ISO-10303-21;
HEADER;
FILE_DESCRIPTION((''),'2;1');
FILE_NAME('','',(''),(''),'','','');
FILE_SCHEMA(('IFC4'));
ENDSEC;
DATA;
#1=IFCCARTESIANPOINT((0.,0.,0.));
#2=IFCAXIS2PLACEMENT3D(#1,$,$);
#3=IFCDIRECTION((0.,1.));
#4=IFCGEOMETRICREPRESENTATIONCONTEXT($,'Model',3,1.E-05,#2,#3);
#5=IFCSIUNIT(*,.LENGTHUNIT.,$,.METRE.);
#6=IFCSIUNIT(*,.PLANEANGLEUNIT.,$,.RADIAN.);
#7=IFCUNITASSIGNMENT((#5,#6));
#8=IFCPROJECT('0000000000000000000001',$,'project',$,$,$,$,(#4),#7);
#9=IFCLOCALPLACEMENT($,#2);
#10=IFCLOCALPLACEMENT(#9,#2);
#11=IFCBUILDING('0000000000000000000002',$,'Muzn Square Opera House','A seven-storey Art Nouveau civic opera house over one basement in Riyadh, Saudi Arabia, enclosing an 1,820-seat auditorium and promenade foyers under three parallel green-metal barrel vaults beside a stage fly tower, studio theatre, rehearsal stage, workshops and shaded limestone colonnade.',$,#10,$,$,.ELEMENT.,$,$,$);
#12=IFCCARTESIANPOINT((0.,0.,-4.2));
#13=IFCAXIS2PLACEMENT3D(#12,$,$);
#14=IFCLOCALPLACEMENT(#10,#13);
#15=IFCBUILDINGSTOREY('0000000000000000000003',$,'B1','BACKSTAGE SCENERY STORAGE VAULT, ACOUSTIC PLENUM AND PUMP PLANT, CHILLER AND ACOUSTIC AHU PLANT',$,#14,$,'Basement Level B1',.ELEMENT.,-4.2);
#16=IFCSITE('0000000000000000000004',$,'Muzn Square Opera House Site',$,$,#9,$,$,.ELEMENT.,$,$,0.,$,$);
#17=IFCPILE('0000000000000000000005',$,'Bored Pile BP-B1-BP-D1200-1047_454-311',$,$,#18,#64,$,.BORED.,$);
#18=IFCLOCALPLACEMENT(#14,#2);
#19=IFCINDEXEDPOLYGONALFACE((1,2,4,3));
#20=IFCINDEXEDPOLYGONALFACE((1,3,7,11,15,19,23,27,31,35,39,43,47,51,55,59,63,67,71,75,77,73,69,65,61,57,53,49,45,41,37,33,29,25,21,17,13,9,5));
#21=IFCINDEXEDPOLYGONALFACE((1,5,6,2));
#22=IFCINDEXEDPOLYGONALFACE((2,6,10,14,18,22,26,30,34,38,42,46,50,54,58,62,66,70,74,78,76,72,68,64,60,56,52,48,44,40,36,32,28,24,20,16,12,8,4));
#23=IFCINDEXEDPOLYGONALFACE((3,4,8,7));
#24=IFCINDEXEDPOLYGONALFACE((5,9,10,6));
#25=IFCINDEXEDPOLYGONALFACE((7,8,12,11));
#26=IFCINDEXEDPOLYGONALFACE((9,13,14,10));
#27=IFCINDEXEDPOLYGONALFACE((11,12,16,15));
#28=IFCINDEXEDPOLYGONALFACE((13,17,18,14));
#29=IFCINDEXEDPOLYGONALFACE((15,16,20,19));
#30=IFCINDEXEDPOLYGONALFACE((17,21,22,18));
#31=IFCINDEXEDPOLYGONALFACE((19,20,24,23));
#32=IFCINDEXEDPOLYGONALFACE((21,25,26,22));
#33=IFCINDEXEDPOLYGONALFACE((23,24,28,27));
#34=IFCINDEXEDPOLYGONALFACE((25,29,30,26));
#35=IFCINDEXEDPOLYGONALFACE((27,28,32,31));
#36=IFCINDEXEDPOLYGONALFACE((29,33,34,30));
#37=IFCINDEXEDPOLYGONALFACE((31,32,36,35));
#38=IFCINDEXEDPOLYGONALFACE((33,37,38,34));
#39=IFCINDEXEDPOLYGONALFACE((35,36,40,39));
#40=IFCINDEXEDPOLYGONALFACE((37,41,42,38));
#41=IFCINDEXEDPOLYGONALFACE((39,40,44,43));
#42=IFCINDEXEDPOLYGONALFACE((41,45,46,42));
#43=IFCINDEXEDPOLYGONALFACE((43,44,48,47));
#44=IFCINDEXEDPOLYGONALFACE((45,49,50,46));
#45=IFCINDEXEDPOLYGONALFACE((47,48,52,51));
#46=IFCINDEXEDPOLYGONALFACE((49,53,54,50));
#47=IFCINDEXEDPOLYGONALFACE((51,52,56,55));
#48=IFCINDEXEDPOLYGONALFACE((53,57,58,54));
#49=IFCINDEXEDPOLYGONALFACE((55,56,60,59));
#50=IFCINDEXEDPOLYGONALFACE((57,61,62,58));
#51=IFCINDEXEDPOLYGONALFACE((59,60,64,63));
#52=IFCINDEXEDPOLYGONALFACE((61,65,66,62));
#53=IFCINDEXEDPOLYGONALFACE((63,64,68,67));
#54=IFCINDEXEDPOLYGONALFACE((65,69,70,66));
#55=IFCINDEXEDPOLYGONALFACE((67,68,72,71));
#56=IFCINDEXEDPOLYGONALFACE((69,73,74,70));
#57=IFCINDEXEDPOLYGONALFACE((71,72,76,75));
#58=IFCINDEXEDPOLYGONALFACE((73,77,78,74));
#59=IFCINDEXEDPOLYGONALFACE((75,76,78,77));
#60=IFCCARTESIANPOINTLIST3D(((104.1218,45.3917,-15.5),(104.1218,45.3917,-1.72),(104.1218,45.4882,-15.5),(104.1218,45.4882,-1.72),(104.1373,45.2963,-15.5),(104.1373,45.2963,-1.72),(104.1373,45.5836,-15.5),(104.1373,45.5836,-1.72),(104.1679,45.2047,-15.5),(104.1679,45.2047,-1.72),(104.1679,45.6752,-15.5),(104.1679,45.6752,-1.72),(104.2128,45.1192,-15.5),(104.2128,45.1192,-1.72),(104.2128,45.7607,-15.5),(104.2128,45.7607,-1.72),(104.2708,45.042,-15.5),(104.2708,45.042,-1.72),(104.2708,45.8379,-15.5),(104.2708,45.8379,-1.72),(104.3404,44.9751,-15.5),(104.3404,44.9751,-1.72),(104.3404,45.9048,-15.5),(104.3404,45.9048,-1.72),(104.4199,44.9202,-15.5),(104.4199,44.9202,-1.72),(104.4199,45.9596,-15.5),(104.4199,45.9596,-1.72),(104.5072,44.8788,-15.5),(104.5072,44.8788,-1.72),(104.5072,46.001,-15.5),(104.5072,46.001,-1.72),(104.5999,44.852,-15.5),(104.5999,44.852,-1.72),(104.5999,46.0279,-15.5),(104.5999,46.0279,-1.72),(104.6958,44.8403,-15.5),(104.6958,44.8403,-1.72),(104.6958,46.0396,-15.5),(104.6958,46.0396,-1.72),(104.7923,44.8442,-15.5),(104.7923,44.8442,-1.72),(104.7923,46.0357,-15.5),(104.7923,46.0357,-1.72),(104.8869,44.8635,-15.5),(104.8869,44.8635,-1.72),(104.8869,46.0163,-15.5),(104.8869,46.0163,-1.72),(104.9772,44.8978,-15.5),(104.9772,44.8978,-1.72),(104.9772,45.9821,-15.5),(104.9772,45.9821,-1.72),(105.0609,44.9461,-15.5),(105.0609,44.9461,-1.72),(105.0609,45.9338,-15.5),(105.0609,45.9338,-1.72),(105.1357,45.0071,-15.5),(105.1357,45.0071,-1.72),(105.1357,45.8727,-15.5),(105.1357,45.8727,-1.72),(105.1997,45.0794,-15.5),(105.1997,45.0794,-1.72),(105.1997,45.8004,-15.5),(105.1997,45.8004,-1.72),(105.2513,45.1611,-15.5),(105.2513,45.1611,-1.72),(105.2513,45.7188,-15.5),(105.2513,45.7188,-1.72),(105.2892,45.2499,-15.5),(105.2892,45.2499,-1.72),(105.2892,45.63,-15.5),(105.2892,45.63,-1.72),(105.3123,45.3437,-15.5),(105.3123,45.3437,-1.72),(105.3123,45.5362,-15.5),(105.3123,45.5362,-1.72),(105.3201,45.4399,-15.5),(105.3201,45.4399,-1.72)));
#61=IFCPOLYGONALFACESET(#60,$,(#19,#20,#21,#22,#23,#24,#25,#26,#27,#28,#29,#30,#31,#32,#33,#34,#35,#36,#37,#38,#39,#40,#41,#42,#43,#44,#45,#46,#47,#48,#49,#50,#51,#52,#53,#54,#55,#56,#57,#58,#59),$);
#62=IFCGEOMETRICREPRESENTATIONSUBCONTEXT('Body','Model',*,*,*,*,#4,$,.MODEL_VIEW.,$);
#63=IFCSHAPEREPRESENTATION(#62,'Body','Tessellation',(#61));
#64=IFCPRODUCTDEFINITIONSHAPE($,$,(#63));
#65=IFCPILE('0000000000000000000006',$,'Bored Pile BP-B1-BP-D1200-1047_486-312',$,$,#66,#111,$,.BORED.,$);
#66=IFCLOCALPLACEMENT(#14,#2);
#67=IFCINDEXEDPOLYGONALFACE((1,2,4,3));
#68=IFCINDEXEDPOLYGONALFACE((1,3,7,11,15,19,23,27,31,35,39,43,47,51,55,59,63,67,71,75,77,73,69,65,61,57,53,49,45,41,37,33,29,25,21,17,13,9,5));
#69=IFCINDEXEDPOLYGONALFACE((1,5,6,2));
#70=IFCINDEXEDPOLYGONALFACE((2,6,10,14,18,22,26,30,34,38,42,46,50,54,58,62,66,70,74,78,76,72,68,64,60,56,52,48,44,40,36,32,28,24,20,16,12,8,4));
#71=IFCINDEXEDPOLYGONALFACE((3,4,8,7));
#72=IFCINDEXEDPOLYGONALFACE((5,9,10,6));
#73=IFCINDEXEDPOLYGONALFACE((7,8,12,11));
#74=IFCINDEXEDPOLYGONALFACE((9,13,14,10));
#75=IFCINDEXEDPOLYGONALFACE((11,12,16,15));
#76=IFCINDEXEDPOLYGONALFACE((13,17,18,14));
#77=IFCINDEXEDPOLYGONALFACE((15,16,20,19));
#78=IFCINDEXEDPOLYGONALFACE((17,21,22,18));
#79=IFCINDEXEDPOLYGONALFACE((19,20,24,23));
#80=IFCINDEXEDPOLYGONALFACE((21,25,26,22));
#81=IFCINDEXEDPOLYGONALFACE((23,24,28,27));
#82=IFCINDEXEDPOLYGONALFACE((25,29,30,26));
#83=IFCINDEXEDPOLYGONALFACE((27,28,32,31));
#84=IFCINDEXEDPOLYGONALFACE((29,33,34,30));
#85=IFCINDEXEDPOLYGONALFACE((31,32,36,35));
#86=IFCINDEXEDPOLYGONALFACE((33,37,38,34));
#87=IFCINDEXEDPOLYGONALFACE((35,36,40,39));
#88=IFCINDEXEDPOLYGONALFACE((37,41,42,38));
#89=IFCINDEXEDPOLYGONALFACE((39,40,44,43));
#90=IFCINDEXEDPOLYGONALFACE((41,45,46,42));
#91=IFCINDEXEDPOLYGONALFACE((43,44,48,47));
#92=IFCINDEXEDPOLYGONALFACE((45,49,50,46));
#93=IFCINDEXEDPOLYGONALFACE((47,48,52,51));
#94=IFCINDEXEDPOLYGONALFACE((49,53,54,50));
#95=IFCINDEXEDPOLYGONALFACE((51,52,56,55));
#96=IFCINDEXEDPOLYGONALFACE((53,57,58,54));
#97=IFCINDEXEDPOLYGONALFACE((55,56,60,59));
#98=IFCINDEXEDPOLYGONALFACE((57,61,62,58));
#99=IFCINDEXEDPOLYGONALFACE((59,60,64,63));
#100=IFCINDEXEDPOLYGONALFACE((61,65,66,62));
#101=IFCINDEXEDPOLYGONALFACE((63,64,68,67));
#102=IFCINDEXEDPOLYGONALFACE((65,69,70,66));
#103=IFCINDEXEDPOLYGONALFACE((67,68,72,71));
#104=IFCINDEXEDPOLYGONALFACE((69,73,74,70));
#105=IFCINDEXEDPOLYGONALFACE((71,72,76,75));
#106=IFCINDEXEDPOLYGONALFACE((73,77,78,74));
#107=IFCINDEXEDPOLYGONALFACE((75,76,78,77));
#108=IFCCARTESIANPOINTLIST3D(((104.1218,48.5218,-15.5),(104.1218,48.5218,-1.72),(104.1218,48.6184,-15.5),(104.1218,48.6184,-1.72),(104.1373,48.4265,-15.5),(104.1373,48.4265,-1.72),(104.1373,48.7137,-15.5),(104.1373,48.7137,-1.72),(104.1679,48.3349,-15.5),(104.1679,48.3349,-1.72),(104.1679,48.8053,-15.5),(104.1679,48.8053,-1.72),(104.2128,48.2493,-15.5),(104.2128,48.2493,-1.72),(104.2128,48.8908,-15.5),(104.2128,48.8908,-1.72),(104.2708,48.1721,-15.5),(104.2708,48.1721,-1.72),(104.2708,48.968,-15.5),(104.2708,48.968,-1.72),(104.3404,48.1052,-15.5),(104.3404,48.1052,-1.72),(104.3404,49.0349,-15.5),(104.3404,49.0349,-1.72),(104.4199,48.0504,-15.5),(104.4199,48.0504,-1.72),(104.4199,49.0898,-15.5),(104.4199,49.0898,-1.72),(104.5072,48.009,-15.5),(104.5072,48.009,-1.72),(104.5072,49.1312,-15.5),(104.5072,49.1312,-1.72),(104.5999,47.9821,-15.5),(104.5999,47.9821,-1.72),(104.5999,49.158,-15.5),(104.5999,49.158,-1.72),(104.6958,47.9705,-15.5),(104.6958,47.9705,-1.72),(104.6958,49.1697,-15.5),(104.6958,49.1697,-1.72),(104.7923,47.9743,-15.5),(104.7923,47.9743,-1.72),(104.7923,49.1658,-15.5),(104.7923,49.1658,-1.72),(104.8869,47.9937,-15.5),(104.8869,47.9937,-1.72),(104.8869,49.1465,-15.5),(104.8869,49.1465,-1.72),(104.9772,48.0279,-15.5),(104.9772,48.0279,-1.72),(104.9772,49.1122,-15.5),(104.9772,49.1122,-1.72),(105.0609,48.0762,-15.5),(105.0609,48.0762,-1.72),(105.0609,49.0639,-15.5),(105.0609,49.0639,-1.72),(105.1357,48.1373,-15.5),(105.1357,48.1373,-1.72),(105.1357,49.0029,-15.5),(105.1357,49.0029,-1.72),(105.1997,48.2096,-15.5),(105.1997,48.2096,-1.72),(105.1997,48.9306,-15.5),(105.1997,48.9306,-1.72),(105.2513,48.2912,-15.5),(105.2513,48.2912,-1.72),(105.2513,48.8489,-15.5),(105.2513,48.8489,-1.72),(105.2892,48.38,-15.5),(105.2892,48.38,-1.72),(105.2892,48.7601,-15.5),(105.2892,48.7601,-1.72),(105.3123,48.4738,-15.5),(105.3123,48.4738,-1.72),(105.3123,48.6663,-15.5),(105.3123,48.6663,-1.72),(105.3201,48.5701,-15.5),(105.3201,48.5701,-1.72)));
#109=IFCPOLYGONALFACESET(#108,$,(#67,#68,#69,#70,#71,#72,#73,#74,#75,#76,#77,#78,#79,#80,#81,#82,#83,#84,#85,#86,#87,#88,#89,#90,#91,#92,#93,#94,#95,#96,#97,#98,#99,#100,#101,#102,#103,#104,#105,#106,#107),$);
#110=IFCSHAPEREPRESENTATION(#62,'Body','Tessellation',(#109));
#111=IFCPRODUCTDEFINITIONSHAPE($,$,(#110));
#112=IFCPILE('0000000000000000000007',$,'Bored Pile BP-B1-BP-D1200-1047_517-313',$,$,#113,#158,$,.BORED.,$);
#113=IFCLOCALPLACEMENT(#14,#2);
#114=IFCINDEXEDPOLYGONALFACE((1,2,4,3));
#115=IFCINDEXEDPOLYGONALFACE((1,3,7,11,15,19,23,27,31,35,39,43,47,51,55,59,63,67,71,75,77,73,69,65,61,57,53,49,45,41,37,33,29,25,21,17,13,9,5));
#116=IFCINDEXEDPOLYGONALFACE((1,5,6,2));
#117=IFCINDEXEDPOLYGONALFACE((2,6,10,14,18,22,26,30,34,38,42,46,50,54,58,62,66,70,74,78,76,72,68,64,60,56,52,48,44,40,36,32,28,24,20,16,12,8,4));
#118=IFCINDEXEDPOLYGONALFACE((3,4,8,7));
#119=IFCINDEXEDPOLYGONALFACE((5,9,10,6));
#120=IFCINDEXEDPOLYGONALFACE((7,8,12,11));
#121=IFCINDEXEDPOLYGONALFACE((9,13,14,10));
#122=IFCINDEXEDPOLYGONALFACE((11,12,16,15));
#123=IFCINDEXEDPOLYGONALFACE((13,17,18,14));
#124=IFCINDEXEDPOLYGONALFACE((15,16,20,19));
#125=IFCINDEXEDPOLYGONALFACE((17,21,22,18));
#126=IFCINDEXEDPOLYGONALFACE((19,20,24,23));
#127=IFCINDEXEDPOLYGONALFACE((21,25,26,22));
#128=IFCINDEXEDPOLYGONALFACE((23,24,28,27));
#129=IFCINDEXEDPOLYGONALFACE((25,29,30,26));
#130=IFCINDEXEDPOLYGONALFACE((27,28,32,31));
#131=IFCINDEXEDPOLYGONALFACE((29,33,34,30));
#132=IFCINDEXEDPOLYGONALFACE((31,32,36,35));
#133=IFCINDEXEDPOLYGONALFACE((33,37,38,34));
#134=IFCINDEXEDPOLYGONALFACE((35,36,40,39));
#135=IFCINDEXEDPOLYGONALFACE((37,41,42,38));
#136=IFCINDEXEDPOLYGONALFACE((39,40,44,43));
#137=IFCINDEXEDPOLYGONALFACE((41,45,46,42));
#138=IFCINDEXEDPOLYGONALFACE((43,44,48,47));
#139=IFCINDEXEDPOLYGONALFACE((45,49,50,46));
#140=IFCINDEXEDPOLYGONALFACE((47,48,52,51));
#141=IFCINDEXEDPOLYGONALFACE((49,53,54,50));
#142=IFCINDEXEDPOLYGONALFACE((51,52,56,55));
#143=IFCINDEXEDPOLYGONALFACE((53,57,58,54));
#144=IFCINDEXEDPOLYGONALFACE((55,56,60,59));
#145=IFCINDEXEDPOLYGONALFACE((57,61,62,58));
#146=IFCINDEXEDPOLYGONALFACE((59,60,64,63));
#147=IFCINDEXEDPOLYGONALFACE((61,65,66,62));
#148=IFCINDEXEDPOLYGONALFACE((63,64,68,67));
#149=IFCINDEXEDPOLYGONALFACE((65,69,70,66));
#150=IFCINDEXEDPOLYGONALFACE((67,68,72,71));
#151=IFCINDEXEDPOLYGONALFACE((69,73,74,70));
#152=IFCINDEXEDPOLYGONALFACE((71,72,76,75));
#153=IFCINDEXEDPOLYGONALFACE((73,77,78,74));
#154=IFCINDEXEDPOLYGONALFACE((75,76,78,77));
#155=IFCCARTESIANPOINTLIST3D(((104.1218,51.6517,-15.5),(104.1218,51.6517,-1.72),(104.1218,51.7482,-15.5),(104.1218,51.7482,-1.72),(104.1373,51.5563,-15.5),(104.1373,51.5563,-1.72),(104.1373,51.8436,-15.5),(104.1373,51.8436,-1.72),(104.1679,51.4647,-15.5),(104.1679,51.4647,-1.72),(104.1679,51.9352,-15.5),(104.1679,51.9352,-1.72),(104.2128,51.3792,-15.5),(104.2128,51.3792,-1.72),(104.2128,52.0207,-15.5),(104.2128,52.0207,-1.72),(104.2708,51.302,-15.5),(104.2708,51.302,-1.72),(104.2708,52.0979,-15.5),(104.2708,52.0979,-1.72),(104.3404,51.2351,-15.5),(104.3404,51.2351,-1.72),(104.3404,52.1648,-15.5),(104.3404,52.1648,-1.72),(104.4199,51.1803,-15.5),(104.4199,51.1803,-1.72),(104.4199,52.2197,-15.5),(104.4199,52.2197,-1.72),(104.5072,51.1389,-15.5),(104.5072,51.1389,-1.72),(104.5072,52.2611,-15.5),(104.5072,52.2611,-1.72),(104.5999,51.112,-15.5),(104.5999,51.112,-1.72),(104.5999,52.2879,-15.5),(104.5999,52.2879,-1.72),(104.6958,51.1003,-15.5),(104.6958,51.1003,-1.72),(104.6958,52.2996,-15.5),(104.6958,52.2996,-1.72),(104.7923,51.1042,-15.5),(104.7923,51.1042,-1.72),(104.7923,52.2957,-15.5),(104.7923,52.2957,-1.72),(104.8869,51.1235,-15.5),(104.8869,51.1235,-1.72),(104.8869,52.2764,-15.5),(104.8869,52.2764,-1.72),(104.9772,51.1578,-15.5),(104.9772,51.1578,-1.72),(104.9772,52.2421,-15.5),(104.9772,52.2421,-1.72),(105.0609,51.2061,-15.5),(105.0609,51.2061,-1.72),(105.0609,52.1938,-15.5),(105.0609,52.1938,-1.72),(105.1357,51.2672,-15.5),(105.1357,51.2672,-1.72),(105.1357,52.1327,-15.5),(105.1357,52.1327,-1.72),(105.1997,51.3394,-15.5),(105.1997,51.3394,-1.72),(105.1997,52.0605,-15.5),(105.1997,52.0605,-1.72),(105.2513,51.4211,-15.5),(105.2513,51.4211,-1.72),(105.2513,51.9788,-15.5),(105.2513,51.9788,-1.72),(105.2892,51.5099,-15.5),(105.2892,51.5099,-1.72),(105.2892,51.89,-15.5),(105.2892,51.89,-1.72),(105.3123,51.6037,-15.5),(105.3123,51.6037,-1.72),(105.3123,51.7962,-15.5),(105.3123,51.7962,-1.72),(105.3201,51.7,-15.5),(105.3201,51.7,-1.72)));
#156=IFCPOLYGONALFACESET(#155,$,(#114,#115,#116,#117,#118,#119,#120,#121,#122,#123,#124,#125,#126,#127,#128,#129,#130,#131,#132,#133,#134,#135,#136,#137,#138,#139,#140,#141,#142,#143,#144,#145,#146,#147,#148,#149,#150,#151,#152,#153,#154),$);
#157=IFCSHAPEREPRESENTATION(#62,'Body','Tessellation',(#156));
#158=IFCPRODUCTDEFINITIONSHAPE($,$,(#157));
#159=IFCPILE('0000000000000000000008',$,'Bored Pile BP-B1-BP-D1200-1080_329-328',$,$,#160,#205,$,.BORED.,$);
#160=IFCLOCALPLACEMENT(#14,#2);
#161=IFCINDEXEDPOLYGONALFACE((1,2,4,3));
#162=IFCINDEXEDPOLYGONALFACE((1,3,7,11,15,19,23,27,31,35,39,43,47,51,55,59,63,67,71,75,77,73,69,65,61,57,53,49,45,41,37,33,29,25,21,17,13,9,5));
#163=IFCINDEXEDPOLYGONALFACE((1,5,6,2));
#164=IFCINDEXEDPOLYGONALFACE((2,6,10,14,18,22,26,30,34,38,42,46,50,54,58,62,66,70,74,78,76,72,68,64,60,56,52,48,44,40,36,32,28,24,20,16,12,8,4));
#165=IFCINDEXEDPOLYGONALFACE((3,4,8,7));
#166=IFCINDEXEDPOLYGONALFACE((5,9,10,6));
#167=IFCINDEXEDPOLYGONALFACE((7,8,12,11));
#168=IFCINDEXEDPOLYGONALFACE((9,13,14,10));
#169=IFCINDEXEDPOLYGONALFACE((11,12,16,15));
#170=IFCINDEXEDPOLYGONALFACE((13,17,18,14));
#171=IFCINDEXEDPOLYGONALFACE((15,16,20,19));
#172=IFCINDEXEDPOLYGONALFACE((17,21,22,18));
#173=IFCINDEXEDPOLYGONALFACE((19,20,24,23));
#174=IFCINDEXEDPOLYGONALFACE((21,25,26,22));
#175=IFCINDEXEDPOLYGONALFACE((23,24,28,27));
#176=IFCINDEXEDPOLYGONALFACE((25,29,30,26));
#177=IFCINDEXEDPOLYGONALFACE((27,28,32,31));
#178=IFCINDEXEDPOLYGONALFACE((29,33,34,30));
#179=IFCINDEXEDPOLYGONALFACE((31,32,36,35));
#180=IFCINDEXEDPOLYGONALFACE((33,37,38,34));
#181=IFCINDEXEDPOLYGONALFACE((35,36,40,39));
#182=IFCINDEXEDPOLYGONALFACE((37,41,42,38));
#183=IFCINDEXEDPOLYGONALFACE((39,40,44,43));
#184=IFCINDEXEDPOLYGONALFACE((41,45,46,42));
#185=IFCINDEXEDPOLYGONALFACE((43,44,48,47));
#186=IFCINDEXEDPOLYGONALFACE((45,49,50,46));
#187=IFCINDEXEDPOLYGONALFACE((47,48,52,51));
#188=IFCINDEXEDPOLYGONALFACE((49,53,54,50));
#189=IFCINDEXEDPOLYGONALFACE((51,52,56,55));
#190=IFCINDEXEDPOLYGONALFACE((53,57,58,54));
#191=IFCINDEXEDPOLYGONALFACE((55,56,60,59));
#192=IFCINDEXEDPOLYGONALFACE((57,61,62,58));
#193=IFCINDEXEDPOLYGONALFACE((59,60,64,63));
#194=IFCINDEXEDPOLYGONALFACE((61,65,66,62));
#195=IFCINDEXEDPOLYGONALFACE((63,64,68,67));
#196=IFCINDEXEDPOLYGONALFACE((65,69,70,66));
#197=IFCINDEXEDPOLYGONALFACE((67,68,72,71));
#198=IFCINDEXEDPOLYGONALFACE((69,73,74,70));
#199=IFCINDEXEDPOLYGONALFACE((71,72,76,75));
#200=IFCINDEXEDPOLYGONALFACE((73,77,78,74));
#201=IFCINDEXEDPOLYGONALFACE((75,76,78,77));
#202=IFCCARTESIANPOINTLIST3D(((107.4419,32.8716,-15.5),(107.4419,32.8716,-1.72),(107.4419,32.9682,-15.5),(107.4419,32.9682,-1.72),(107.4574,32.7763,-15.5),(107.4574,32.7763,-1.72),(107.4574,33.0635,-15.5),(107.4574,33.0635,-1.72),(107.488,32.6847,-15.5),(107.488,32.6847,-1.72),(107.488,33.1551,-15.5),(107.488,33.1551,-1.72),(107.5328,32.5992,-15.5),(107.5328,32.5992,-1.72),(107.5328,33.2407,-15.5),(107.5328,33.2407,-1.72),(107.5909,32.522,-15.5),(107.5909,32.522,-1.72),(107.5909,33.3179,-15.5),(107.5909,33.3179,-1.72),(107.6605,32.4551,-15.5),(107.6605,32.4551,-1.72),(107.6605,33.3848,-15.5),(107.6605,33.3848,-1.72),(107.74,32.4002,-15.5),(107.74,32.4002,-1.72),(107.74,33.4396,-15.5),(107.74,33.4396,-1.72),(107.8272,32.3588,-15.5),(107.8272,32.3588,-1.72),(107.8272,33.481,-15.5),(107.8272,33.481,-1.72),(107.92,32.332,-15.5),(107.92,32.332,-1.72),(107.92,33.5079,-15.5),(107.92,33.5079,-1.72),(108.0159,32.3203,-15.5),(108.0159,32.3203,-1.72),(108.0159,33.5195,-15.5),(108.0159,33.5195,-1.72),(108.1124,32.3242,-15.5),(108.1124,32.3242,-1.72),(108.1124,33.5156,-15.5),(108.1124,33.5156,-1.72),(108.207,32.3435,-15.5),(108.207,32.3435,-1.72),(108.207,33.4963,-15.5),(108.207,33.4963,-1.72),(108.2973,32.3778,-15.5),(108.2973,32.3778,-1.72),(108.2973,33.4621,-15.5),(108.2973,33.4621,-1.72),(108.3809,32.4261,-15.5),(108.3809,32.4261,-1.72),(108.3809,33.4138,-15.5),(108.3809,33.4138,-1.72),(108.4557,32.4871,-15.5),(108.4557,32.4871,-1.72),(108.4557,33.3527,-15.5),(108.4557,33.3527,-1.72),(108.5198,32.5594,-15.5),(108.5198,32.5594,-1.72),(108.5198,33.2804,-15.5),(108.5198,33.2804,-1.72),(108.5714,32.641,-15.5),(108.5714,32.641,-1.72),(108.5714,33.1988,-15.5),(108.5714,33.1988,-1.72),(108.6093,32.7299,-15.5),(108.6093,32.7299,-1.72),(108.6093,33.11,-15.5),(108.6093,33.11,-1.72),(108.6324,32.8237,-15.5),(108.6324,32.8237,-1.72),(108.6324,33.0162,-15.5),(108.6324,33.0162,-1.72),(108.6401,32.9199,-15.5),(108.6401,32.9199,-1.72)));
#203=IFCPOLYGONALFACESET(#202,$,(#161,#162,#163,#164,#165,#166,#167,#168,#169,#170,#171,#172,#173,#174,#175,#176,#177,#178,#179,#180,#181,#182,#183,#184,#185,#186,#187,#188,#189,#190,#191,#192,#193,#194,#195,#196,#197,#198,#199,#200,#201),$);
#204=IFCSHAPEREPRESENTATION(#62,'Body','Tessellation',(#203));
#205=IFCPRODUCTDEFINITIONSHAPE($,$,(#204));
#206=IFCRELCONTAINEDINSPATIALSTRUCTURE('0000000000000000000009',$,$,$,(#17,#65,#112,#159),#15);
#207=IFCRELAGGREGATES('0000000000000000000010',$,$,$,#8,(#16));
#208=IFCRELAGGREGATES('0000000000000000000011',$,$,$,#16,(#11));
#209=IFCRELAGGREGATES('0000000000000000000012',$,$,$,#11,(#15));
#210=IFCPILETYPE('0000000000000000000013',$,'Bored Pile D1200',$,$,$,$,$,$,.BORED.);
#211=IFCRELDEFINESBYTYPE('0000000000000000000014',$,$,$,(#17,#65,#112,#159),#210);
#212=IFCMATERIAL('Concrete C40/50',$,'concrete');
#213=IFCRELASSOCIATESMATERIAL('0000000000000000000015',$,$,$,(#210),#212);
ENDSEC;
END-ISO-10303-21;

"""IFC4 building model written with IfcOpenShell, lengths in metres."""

from ifc_helpers import new_model, si_unit, direction, frame, origin, origin_2d, place, context, subcontext, project, spatial, circle, extrude, material, material_profile, profile_set, type_object, element, save


model = new_model("IFC4")

# Units and contexts
model_context = context("Model", 3, precision=1e-05, world=origin(), true_north=direction((0.0, 1.0)))
body_context = subcontext(model_context, "Body", "Model", "MODEL_VIEW")
ifc_project = project(units=[si_unit("LENGTHUNIT", "METRE"), si_unit("PLANEANGLEUNIT", "RADIAN")], contexts=[model_context])

# Site, building, storey
site_placement = place(None, origin())
site = spatial("IfcSite", under=ifc_project, at=site_placement, Name="Muzn Square Opera House Site", CompositionType="ELEMENT", RefElevation=0.0)
building_placement = place(site_placement, origin())
building = spatial("IfcBuilding", under=site, at=building_placement, Name="Muzn Square Opera House", Description="A seven-storey Art Nouveau civic opera house over one basement in Riyadh, Saudi Arabia, enclosing an 1,820-seat auditorium and promenade foyers under three parallel green-metal barrel vaults beside a stage fly tower, studio theatre, rehearsal stage, workshops and shaded limestone colonnade.", CompositionType="ELEMENT")
storey_placement = place(building_placement, frame((0.0, 0.0, -4.2)))
storey = spatial("IfcBuildingStorey", under=building, at=storey_placement, Name="B1", Description="BACKSTAGE SCENERY STORAGE VAULT, ACOUSTIC PLENUM AND PUMP PLANT, CHILLER AND ACOUSTIC AHU PLANT", LongName="Basement Level B1", CompositionType="ELEMENT", Elevation=-4.2)

# Piles
ifc_material_1 = material(Name="Concrete C40/50", Category="concrete")
ifc_material_profile_1 = material_profile(ifc_material_1, circle(Radius=0.6001, at=origin_2d()), Name="BORED PILE D1200", Category="concrete")
ifc_profile_set_1 = profile_set([ifc_material_profile_1], Name="Concrete C40/50")
pile_type = type_object("IfcPileType", Name="Bored Pile D1200", PredefinedType="BORED", material=ifc_profile_set_1)
for number, where, z_axis, x_axis, name in (
    (1, (104.72, 45.4399, -1.72), (0.0, 0.0, -1.0), (1.0, 0.0, 0.0), "Bored Pile BP-B1-BP-D1200-1047_454-311"),
    (2, (104.72, 48.5701, -1.72), (0.0, 0.0, -1.0), (1.0, 0.0, 0.0), "Bored Pile BP-B1-BP-D1200-1047_486-312"),
    (3, (104.72, 51.7, -1.72), (0.0, 0.0, -1.0), (1.0, 0.0, 0.0), "Bored Pile BP-B1-BP-D1200-1047_517-313"),
    (4, (108.04, 32.9199, -1.72), (0.0, 0.0, -1.0), (1.0, 0.0, 0.0), "Bored Pile BP-B1-BP-D1200-1080_329-328"),
):
    element("IfcPile", number, at=place(storey_placement, frame(where, z_axis=z_axis, x_axis=x_axis)), inside=storey, type_object=pile_type, Name=name, PredefinedType="BORED", context=body_context, shape_type="SweptSolid", body=[
        extrude(circle(Radius=0.6001, at=origin_2d()), origin(), (0.0, 0.0, 1.0), 13.78),
    ])

save(model, "model.ifc")
